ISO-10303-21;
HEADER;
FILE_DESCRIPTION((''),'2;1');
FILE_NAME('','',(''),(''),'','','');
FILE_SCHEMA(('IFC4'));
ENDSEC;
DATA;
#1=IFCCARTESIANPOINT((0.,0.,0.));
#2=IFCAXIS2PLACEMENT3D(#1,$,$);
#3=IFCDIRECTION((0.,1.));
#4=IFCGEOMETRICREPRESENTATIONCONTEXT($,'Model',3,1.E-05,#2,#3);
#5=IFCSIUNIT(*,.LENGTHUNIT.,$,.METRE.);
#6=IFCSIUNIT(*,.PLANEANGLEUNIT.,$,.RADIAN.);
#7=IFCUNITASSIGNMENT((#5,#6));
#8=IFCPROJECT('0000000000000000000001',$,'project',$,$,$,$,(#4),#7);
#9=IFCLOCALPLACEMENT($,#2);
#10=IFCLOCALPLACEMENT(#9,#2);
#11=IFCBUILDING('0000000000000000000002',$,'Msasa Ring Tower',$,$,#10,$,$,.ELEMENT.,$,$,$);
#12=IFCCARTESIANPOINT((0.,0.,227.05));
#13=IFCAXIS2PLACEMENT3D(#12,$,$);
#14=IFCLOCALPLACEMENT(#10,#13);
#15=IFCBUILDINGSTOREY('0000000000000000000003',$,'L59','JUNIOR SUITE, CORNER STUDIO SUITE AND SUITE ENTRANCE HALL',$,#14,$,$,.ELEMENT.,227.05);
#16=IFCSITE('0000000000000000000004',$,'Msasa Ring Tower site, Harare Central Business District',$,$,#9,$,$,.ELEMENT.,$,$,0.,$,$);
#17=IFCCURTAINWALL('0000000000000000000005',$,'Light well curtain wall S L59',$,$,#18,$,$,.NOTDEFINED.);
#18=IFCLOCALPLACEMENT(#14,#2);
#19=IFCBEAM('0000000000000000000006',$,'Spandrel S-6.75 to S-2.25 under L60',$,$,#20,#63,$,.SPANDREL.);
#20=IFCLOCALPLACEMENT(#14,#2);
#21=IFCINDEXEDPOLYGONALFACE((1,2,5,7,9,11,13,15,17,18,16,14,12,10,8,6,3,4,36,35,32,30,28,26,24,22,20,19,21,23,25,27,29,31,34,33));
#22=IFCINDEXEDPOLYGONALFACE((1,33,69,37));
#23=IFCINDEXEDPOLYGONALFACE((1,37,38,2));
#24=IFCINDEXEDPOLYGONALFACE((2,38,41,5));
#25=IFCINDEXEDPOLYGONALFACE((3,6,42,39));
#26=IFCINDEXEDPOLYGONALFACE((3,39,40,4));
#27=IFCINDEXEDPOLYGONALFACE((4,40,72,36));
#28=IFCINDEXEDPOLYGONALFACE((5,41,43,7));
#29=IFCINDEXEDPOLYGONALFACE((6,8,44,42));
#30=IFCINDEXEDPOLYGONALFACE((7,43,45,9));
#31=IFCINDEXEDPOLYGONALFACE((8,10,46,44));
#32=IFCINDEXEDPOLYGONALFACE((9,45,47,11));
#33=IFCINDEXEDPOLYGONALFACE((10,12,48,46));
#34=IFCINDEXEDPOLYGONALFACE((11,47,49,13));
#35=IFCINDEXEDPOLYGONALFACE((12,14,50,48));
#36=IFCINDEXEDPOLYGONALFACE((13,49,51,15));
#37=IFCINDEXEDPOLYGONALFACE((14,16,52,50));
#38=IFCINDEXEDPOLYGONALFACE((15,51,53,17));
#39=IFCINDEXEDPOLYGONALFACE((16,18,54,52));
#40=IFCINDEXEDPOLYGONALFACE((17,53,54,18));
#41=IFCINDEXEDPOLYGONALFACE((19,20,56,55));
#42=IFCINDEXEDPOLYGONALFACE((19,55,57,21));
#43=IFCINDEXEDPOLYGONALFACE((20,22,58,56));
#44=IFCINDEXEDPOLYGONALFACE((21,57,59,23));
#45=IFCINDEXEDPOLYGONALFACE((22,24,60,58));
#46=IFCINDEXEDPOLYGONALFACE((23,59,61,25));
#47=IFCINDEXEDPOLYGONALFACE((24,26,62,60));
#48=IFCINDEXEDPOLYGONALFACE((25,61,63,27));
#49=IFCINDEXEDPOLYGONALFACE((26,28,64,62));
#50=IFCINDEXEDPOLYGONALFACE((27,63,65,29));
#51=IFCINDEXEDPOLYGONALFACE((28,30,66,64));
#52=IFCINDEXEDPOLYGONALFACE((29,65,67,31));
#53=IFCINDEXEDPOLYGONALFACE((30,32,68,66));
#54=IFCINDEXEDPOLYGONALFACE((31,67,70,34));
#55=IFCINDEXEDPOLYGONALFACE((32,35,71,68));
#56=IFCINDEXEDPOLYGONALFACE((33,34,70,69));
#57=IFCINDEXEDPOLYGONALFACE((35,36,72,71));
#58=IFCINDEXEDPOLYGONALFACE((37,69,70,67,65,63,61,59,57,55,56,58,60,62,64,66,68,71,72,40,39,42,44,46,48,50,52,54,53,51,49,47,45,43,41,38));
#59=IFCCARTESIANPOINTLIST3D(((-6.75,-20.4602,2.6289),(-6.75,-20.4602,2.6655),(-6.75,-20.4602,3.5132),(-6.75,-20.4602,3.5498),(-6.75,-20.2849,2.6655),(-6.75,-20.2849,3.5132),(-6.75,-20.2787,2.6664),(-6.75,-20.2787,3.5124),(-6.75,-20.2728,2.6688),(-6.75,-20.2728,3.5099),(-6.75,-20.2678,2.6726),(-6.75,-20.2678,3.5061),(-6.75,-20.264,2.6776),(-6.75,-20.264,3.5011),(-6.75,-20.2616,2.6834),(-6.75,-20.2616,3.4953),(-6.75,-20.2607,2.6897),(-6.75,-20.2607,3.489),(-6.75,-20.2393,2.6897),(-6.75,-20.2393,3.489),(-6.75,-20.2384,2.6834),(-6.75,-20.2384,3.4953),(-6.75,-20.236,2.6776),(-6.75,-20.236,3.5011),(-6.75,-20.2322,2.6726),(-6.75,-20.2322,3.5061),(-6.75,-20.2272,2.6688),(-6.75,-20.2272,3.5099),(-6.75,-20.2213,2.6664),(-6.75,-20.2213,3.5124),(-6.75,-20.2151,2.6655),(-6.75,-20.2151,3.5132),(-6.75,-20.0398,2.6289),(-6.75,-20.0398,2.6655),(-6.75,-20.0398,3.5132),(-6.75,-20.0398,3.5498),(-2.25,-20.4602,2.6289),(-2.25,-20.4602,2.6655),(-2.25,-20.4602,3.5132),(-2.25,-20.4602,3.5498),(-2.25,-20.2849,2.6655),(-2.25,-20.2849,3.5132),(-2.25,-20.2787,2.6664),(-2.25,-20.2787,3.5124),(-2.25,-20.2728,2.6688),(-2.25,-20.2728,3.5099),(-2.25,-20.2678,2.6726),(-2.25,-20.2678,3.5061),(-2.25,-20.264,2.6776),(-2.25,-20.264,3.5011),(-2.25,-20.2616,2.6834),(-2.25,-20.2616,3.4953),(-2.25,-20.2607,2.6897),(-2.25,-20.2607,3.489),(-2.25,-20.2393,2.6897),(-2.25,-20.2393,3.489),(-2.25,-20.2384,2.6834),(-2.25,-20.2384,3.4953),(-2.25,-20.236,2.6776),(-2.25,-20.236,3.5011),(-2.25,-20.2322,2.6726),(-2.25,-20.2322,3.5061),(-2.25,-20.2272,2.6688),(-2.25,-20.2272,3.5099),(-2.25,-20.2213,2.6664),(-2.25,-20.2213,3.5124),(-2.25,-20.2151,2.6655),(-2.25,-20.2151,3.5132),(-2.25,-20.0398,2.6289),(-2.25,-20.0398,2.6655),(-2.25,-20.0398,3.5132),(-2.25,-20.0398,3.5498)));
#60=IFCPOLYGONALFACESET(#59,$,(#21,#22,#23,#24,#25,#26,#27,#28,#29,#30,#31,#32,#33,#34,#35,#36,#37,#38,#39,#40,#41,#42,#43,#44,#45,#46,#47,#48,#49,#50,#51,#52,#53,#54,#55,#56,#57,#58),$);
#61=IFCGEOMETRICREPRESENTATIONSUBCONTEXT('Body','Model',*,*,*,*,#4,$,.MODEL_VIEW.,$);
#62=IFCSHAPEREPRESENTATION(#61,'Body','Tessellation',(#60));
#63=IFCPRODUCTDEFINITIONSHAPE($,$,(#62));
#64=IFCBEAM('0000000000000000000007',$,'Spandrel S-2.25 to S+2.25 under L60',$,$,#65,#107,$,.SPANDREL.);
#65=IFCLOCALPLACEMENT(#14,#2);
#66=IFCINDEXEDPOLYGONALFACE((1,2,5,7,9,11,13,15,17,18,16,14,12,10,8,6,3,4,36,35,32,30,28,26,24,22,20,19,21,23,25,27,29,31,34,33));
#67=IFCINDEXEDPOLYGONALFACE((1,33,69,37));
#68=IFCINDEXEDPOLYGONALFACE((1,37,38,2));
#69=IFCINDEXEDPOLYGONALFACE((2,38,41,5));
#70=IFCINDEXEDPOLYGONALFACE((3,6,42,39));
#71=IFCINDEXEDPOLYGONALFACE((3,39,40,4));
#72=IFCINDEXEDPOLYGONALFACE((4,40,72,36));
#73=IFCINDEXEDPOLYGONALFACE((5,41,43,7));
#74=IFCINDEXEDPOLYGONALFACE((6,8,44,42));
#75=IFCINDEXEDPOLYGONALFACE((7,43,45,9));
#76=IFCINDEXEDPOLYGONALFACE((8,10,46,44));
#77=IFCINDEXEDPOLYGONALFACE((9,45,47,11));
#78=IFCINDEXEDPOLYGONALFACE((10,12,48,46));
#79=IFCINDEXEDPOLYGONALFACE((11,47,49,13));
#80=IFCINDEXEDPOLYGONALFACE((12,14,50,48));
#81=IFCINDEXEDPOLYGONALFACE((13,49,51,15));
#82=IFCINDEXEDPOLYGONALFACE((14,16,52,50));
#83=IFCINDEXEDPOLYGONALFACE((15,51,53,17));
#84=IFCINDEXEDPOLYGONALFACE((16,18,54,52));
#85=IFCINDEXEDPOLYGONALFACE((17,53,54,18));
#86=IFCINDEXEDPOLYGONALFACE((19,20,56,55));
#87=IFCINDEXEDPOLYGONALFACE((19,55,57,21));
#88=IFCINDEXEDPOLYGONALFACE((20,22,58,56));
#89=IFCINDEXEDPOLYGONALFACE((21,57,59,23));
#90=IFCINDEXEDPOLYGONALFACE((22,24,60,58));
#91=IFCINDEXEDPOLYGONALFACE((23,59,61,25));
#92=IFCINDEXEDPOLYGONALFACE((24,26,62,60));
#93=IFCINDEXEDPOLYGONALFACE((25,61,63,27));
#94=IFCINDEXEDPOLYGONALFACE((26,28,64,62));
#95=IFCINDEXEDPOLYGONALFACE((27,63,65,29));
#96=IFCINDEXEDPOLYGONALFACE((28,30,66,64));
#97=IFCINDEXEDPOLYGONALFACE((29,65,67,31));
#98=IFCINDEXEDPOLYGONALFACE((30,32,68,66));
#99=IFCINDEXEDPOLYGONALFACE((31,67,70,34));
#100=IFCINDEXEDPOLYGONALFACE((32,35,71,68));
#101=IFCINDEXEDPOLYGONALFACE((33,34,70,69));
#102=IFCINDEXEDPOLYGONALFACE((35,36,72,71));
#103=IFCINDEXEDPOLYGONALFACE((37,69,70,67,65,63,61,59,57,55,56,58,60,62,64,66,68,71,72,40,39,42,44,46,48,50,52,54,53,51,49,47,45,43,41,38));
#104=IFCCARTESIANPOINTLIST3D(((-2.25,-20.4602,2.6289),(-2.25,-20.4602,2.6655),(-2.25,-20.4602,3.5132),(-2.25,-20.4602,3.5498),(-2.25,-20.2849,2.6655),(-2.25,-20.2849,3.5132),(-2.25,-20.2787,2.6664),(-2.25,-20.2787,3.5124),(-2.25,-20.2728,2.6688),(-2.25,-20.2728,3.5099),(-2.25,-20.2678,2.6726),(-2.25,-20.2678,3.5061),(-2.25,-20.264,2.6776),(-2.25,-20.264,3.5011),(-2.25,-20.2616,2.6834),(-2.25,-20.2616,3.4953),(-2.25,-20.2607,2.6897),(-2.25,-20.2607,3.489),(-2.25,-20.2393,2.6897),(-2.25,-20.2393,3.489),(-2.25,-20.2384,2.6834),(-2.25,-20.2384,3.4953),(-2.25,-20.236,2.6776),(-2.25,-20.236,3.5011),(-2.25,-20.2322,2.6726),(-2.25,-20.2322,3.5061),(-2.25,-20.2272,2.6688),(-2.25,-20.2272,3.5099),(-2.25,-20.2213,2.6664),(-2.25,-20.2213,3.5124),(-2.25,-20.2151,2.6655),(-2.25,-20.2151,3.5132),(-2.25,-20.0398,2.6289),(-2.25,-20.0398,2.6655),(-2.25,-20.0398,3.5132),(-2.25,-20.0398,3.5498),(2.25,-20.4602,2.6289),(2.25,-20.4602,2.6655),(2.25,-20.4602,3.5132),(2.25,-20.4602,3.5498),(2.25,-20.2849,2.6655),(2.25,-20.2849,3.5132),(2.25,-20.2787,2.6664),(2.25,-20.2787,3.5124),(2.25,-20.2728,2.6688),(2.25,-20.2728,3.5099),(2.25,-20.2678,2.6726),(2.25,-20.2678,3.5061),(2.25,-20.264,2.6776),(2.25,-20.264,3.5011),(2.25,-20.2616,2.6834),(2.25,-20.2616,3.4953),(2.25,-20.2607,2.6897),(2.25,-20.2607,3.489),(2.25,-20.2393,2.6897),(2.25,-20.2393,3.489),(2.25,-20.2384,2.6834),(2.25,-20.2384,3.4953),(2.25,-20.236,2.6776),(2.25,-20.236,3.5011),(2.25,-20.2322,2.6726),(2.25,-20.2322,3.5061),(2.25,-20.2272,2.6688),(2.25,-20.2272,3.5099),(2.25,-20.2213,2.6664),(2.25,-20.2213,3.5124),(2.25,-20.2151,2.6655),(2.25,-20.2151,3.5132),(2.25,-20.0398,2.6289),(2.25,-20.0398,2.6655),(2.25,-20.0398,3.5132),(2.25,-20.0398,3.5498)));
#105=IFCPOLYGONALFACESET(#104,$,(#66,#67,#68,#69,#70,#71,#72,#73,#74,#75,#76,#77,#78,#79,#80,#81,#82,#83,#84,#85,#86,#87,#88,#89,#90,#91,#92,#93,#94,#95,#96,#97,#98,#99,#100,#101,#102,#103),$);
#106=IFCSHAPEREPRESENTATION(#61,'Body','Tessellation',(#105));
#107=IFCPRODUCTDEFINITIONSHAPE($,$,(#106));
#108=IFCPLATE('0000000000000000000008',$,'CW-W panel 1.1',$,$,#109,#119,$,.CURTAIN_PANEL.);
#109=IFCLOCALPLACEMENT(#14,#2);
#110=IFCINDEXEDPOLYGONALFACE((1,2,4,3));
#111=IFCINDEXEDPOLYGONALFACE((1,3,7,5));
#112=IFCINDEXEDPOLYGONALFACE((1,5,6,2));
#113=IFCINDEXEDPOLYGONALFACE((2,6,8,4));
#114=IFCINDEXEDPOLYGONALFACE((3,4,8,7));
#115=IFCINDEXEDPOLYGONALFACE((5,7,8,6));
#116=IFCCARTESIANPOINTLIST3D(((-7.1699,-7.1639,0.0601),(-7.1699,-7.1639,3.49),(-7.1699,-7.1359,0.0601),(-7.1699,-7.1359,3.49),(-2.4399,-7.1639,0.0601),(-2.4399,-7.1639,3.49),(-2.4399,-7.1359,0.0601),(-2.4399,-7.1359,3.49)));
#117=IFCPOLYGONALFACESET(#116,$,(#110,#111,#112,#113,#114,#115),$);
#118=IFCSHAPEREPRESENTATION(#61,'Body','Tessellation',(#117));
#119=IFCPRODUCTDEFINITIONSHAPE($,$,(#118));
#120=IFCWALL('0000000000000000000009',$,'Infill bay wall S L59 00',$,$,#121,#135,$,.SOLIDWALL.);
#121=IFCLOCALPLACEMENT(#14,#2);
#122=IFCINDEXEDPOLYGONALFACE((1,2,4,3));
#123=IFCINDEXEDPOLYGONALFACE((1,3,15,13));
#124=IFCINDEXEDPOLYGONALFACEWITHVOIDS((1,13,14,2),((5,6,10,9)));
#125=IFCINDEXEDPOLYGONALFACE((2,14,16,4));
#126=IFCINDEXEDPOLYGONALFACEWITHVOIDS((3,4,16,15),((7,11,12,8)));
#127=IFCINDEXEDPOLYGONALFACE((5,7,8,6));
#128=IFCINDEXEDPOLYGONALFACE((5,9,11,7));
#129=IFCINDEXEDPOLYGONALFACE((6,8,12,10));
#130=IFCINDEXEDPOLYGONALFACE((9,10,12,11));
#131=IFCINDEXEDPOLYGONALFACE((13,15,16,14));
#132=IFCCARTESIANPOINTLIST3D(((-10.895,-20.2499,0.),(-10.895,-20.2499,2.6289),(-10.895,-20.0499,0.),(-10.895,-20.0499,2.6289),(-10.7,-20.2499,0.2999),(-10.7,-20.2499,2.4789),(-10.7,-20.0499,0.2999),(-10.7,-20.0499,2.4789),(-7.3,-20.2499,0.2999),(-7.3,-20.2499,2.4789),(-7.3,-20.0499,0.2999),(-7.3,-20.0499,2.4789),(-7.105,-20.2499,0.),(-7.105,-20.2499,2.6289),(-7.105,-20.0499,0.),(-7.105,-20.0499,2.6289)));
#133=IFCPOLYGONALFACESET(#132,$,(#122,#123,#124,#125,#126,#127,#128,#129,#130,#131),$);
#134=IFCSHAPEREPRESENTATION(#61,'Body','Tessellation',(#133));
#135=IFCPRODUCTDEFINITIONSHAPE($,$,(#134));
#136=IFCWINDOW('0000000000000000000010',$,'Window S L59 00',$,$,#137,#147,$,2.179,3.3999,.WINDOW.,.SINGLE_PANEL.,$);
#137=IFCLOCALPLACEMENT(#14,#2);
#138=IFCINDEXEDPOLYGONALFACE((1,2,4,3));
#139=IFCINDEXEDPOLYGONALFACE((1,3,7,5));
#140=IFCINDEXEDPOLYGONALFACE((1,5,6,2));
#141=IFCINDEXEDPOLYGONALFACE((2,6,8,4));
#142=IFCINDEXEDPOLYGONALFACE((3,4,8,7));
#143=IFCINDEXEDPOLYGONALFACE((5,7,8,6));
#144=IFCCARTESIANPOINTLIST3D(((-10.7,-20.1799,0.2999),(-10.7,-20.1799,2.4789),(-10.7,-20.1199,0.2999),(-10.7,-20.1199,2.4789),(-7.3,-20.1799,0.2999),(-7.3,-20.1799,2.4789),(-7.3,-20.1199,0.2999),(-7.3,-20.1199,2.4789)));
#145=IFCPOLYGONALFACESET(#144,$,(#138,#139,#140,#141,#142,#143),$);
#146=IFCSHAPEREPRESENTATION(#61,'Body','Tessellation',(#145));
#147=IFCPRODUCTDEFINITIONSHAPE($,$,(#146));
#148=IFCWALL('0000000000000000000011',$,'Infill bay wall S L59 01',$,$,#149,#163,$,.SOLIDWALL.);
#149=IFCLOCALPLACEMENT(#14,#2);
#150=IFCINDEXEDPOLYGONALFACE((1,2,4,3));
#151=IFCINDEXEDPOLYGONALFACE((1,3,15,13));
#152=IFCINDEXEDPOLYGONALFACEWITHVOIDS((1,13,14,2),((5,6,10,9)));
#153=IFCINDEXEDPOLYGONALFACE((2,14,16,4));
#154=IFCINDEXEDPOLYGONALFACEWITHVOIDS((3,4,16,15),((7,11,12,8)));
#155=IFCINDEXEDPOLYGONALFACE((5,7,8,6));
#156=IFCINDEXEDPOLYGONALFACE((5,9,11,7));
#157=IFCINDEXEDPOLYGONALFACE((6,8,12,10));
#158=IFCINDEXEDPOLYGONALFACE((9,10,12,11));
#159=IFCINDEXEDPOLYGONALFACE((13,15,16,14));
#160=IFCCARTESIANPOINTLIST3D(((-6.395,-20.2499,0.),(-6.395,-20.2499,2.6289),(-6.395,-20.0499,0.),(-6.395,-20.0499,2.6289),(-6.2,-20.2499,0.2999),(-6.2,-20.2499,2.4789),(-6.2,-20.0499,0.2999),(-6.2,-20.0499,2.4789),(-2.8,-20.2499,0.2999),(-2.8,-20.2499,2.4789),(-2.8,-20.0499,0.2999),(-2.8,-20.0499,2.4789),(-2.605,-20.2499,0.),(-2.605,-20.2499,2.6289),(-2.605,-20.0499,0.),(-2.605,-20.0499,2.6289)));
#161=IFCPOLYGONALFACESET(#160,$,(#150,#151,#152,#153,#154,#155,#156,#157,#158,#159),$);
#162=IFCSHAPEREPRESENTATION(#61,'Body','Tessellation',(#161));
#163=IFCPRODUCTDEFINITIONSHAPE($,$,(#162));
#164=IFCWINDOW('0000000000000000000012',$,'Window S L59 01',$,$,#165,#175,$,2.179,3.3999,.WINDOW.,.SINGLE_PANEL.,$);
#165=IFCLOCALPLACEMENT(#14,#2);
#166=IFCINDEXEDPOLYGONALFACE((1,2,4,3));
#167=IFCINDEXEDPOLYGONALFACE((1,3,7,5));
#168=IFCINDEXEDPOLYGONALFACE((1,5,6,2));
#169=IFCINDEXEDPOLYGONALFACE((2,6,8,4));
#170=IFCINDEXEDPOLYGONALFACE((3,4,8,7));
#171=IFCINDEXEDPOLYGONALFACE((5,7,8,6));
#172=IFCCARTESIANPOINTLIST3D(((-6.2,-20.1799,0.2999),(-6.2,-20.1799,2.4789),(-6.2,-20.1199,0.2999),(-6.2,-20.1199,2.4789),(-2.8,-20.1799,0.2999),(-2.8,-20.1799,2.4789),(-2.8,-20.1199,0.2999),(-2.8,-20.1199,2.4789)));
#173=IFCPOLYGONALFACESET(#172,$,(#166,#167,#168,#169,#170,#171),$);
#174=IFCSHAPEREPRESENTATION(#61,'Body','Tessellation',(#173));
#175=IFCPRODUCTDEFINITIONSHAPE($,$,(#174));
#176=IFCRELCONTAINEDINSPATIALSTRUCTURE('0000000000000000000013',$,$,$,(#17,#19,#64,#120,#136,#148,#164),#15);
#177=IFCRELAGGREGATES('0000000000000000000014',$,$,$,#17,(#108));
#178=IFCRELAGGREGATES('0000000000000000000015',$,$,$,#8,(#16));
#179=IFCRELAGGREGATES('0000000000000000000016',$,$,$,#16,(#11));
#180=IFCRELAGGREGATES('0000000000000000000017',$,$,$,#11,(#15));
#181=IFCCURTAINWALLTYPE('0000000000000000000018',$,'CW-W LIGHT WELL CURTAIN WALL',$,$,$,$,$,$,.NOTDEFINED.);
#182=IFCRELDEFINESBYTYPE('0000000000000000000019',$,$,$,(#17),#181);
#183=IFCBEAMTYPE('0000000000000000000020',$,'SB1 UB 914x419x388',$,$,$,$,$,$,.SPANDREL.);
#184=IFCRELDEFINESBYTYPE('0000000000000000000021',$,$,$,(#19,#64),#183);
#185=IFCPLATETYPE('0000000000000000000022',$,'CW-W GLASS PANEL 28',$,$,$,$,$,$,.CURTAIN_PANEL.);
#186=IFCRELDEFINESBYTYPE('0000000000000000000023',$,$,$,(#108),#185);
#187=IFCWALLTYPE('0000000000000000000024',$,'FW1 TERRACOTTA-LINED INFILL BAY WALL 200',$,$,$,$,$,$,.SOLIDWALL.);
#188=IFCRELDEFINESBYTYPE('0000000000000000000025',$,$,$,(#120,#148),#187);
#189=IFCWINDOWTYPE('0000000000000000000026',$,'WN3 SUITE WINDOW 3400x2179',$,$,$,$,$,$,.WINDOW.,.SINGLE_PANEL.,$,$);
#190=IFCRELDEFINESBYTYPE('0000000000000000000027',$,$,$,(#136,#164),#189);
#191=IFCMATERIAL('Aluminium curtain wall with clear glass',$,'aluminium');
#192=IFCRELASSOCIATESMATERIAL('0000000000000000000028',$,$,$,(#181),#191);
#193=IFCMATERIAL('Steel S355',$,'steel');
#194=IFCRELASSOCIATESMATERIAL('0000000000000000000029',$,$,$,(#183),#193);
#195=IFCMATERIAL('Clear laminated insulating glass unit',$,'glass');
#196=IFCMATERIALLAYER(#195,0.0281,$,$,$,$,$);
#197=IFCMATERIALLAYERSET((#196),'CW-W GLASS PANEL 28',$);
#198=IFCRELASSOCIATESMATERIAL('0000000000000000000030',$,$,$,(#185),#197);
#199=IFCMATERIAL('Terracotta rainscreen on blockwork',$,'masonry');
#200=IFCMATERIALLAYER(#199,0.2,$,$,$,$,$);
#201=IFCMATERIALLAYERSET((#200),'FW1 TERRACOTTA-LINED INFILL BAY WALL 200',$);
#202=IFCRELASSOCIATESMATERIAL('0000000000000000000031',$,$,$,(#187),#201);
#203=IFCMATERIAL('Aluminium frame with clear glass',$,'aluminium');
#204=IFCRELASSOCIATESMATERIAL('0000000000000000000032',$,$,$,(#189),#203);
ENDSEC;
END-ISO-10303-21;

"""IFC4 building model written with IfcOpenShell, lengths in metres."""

from ifc_helpers import new_model, si_unit, direction, frame, frame_2d, origin, origin_2d, place, context, subcontext, project, spatial, rectangle, i_section, extrude, material, layer, layer_set, material_profile, profile_set, type_object, element, fill, aggregate, save


model = new_model("IFC4")

# Units and contexts
model_context = context("Model", 3, precision=1e-05, world=origin(), true_north=direction((0.0, 1.0)))
body_context = subcontext(model_context, "Body", "Model", "MODEL_VIEW")
ifc_project = project(units=[si_unit("LENGTHUNIT", "METRE"), si_unit("PLANEANGLEUNIT", "RADIAN")], contexts=[model_context])

# Site, building, storey
site_placement = place(None, origin())
site = spatial("IfcSite", under=ifc_project, at=site_placement, Name="Msasa Ring Tower site, Harare Central Business District", CompositionType="ELEMENT", RefElevation=0.0)
building_placement = place(site_placement, origin())
building = spatial("IfcBuilding", under=site, at=building_placement, Name="Msasa Ring Tower", CompositionType="ELEMENT")
storey_placement = place(building_placement, frame((0.0, 0.0, 227.05)))
storey = spatial("IfcBuildingStorey", under=building, at=storey_placement, Name="L59", Description="JUNIOR SUITE, CORNER STUDIO SUITE AND SUITE ENTRANCE HALL", CompositionType="ELEMENT", Elevation=227.05)

# Curtain wall
ifc_material_1 = material(Name="Aluminium curtain wall with clear glass", Category="aluminium")
curtain_wall_type = type_object("IfcCurtainWallType", Name="CW-W LIGHT WELL CURTAIN WALL", PredefinedType="NOTDEFINED", material=ifc_material_1)
curtain_wall_placement = place(storey_placement, origin())
curtain_wall = element("IfcCurtainWall", 1, at=curtain_wall_placement, inside=storey, type_object=curtain_wall_type, Name="Light well curtain wall S L59", PredefinedType="NOTDEFINED")

# Beams
ifc_material_2 = material(Name="Steel S355", Category="steel")
ifc_material_profile_1 = material_profile(ifc_material_2, i_section(OverallWidth=0.4204, OverallDepth=0.9209, WebThickness=0.0215, FlangeThickness=0.0366, FilletRadius=0.0242, at=origin_2d()), Name="UB 914x419x388")
ifc_profile_set_1 = profile_set([ifc_material_profile_1], Name="Steel S355")
beam_type_1 = type_object("IfcBeamType", Name="SB1 UB 914x419x388", PredefinedType="SPANDREL", material=ifc_profile_set_1)
for number, where, z_axis, x_axis, name in (
    (2, (-6.75, -20.25, 3.0894), (1.0, 0.0, 0.0), (0.0, 1.0, 0.0), "Spandrel S-6.75 to S-2.25 under L60"),
    (3, (-2.25, -20.25, 3.0894), (1.0, 0.0, 0.0), (0.0, 1.0, 0.0), "Spandrel S-2.25 to S+2.25 under L60"),
):
    element("IfcBeam", number, at=place(storey_placement, frame(where, z_axis=z_axis, x_axis=x_axis)), inside=storey, type_object=beam_type_1, Name=name, PredefinedType="SPANDREL", context=body_context, shape_type="SweptSolid", body=[
        extrude(i_section(OverallWidth=0.4204, OverallDepth=0.9209, WebThickness=0.0215, FlangeThickness=0.0366, FilletRadius=0.0242, at=origin_2d()), origin(), (0.0, 0.0, 1.0), 4.5),
    ])

# Plate
ifc_material_3 = material(Name="Clear laminated insulating glass unit", Category="glass")
ifc_layer_1 = layer(ifc_material_3, 0.0281)
ifc_layer_set_1 = layer_set([ifc_layer_1], Name="CW-W GLASS PANEL 28")
plate_type = type_object("IfcPlateType", Name="CW-W GLASS PANEL 28", PredefinedType="CURTAIN_PANEL", material=ifc_layer_set_1)
plate_placement = place(storey_placement, frame((-4.8049, -7.1499, 0.0601), z_axis=(0.0, 0.0, 1.0), x_axis=(1.0, 0.0, 0.0)))
plate = element("IfcPlate", 4, at=plate_placement, type_object=plate_type, Name="CW-W panel 1.1", PredefinedType="CURTAIN_PANEL", context=body_context, shape_type="SweptSolid", body=[
    extrude(rectangle(XDim=4.73, YDim=0.0281, at=origin_2d()), origin(), (0.0, 0.0, 1.0), 3.4299),
])
aggregate(curtain_wall, [plate])

# Walls, openings, windows
ifc_material_4 = material(Name="Terracotta rainscreen on blockwork", Category="masonry")
ifc_layer_2 = layer(ifc_material_4, 0.2)
ifc_layer_set_2 = layer_set([ifc_layer_2], Name="FW1 TERRACOTTA-LINED INFILL BAY WALL 200")
wall_type_1 = type_object("IfcWallType", Name="FW1 TERRACOTTA-LINED INFILL BAY WALL 200", PredefinedType="SOLIDWALL", material=ifc_layer_set_2)
wall_1_placement = place(storey_placement, frame((-10.895, -20.1499, 0.0), z_axis=(0.0, 0.0, 1.0), x_axis=(1.0, 0.0, 0.0)))
wall_1 = element("IfcWall", 5, at=wall_1_placement, inside=storey, type_object=wall_type_1, Name="Infill bay wall S L59 00", PredefinedType="SOLIDWALL", context=body_context, shape_type="SweptSolid", body=[
    extrude(rectangle(XDim=3.79, YDim=0.2, at=frame_2d((1.895, 0.0))), origin(), (0.0, 0.0, 1.0), 2.6289),
])
opening_1_placement = place(wall_1_placement, frame((0.1951, 0.0, 0.3)))
opening_1 = element("IfcOpeningElement", 6, at=opening_1_placement, cuts=wall_1, PredefinedType="OPENING", context=body_context, shape_type="SweptSolid", body=[
    extrude(rectangle(XDim=3.3999, YDim=2.179, at=frame_2d((1.7, 1.0894))), frame((0.0, 0.1099, 0.0), z_axis=(0.0, -1.0, 0.0), x_axis=(1.0, 0.0, 0.0)), (0.0, 0.0, 1.0), 0.22),
])
ifc_material_5 = material(Name="Aluminium frame with clear glass", Category="aluminium")
window_type = type_object("IfcWindowType", Name="WN3 SUITE WINDOW 3400x2179", PartitioningType="SINGLE_PANEL", PredefinedType="WINDOW", material=ifc_material_5)
window_1_placement = place(opening_1_placement, origin())
window_1 = element("IfcWindow", 7, at=window_1_placement, inside=storey, type_object=window_type, Name="Window S L59 00", OverallHeight=2.179, OverallWidth=3.3999, PartitioningType="SINGLE_PANEL", PredefinedType="WINDOW", context=body_context, shape_type="SweptSolid", body=[
    extrude(rectangle(XDim=3.3999, YDim=2.179, at=frame_2d((1.7, 1.0894))), frame((0.0, 0.03, 0.0), z_axis=(0.0, -1.0, 0.0), x_axis=(1.0, 0.0, 0.0)), (0.0, 0.0, 1.0), 0.0601),
])
fill(opening_1, window_1)
wall_2_placement = place(storey_placement, frame((-6.395, -20.1499, 0.0), z_axis=(0.0, 0.0, 1.0), x_axis=(1.0, 0.0, 0.0)))
wall_2 = element("IfcWall", 8, at=wall_2_placement, inside=storey, type_object=wall_type_1, Name="Infill bay wall S L59 01", PredefinedType="SOLIDWALL", context=body_context, shape_type="SweptSolid", body=[
    extrude(rectangle(XDim=3.79, YDim=0.2, at=frame_2d((1.895, 0.0))), origin(), (0.0, 0.0, 1.0), 2.6289),
])
opening_2_placement = place(wall_2_placement, frame((0.1951, 0.0, 0.3)))
opening_2 = element("IfcOpeningElement", 9, at=opening_2_placement, cuts=wall_2, PredefinedType="OPENING", context=body_context, shape_type="SweptSolid", body=[
    extrude(rectangle(XDim=3.3999, YDim=2.179, at=frame_2d((1.7, 1.0894))), frame((0.0, 0.1099, 0.0), z_axis=(0.0, -1.0, 0.0), x_axis=(1.0, 0.0, 0.0)), (0.0, 0.0, 1.0), 0.22),
])
window_2_placement = place(opening_2_placement, origin())
window_2 = element("IfcWindow", 10, at=window_2_placement, inside=storey, type_object=window_type, Name="Window S L59 01", OverallHeight=2.179, OverallWidth=3.3999, PartitioningType="SINGLE_PANEL", PredefinedType="WINDOW", context=body_context, shape_type="SweptSolid", body=[
    extrude(rectangle(XDim=3.3999, YDim=2.179, at=frame_2d((1.7, 1.0894))), frame((0.0, 0.03, 0.0), z_axis=(0.0, -1.0, 0.0), x_axis=(1.0, 0.0, 0.0)), (0.0, 0.0, 1.0), 0.0601),
])
fill(opening_2, window_2)

save(model, "model.ifc")
